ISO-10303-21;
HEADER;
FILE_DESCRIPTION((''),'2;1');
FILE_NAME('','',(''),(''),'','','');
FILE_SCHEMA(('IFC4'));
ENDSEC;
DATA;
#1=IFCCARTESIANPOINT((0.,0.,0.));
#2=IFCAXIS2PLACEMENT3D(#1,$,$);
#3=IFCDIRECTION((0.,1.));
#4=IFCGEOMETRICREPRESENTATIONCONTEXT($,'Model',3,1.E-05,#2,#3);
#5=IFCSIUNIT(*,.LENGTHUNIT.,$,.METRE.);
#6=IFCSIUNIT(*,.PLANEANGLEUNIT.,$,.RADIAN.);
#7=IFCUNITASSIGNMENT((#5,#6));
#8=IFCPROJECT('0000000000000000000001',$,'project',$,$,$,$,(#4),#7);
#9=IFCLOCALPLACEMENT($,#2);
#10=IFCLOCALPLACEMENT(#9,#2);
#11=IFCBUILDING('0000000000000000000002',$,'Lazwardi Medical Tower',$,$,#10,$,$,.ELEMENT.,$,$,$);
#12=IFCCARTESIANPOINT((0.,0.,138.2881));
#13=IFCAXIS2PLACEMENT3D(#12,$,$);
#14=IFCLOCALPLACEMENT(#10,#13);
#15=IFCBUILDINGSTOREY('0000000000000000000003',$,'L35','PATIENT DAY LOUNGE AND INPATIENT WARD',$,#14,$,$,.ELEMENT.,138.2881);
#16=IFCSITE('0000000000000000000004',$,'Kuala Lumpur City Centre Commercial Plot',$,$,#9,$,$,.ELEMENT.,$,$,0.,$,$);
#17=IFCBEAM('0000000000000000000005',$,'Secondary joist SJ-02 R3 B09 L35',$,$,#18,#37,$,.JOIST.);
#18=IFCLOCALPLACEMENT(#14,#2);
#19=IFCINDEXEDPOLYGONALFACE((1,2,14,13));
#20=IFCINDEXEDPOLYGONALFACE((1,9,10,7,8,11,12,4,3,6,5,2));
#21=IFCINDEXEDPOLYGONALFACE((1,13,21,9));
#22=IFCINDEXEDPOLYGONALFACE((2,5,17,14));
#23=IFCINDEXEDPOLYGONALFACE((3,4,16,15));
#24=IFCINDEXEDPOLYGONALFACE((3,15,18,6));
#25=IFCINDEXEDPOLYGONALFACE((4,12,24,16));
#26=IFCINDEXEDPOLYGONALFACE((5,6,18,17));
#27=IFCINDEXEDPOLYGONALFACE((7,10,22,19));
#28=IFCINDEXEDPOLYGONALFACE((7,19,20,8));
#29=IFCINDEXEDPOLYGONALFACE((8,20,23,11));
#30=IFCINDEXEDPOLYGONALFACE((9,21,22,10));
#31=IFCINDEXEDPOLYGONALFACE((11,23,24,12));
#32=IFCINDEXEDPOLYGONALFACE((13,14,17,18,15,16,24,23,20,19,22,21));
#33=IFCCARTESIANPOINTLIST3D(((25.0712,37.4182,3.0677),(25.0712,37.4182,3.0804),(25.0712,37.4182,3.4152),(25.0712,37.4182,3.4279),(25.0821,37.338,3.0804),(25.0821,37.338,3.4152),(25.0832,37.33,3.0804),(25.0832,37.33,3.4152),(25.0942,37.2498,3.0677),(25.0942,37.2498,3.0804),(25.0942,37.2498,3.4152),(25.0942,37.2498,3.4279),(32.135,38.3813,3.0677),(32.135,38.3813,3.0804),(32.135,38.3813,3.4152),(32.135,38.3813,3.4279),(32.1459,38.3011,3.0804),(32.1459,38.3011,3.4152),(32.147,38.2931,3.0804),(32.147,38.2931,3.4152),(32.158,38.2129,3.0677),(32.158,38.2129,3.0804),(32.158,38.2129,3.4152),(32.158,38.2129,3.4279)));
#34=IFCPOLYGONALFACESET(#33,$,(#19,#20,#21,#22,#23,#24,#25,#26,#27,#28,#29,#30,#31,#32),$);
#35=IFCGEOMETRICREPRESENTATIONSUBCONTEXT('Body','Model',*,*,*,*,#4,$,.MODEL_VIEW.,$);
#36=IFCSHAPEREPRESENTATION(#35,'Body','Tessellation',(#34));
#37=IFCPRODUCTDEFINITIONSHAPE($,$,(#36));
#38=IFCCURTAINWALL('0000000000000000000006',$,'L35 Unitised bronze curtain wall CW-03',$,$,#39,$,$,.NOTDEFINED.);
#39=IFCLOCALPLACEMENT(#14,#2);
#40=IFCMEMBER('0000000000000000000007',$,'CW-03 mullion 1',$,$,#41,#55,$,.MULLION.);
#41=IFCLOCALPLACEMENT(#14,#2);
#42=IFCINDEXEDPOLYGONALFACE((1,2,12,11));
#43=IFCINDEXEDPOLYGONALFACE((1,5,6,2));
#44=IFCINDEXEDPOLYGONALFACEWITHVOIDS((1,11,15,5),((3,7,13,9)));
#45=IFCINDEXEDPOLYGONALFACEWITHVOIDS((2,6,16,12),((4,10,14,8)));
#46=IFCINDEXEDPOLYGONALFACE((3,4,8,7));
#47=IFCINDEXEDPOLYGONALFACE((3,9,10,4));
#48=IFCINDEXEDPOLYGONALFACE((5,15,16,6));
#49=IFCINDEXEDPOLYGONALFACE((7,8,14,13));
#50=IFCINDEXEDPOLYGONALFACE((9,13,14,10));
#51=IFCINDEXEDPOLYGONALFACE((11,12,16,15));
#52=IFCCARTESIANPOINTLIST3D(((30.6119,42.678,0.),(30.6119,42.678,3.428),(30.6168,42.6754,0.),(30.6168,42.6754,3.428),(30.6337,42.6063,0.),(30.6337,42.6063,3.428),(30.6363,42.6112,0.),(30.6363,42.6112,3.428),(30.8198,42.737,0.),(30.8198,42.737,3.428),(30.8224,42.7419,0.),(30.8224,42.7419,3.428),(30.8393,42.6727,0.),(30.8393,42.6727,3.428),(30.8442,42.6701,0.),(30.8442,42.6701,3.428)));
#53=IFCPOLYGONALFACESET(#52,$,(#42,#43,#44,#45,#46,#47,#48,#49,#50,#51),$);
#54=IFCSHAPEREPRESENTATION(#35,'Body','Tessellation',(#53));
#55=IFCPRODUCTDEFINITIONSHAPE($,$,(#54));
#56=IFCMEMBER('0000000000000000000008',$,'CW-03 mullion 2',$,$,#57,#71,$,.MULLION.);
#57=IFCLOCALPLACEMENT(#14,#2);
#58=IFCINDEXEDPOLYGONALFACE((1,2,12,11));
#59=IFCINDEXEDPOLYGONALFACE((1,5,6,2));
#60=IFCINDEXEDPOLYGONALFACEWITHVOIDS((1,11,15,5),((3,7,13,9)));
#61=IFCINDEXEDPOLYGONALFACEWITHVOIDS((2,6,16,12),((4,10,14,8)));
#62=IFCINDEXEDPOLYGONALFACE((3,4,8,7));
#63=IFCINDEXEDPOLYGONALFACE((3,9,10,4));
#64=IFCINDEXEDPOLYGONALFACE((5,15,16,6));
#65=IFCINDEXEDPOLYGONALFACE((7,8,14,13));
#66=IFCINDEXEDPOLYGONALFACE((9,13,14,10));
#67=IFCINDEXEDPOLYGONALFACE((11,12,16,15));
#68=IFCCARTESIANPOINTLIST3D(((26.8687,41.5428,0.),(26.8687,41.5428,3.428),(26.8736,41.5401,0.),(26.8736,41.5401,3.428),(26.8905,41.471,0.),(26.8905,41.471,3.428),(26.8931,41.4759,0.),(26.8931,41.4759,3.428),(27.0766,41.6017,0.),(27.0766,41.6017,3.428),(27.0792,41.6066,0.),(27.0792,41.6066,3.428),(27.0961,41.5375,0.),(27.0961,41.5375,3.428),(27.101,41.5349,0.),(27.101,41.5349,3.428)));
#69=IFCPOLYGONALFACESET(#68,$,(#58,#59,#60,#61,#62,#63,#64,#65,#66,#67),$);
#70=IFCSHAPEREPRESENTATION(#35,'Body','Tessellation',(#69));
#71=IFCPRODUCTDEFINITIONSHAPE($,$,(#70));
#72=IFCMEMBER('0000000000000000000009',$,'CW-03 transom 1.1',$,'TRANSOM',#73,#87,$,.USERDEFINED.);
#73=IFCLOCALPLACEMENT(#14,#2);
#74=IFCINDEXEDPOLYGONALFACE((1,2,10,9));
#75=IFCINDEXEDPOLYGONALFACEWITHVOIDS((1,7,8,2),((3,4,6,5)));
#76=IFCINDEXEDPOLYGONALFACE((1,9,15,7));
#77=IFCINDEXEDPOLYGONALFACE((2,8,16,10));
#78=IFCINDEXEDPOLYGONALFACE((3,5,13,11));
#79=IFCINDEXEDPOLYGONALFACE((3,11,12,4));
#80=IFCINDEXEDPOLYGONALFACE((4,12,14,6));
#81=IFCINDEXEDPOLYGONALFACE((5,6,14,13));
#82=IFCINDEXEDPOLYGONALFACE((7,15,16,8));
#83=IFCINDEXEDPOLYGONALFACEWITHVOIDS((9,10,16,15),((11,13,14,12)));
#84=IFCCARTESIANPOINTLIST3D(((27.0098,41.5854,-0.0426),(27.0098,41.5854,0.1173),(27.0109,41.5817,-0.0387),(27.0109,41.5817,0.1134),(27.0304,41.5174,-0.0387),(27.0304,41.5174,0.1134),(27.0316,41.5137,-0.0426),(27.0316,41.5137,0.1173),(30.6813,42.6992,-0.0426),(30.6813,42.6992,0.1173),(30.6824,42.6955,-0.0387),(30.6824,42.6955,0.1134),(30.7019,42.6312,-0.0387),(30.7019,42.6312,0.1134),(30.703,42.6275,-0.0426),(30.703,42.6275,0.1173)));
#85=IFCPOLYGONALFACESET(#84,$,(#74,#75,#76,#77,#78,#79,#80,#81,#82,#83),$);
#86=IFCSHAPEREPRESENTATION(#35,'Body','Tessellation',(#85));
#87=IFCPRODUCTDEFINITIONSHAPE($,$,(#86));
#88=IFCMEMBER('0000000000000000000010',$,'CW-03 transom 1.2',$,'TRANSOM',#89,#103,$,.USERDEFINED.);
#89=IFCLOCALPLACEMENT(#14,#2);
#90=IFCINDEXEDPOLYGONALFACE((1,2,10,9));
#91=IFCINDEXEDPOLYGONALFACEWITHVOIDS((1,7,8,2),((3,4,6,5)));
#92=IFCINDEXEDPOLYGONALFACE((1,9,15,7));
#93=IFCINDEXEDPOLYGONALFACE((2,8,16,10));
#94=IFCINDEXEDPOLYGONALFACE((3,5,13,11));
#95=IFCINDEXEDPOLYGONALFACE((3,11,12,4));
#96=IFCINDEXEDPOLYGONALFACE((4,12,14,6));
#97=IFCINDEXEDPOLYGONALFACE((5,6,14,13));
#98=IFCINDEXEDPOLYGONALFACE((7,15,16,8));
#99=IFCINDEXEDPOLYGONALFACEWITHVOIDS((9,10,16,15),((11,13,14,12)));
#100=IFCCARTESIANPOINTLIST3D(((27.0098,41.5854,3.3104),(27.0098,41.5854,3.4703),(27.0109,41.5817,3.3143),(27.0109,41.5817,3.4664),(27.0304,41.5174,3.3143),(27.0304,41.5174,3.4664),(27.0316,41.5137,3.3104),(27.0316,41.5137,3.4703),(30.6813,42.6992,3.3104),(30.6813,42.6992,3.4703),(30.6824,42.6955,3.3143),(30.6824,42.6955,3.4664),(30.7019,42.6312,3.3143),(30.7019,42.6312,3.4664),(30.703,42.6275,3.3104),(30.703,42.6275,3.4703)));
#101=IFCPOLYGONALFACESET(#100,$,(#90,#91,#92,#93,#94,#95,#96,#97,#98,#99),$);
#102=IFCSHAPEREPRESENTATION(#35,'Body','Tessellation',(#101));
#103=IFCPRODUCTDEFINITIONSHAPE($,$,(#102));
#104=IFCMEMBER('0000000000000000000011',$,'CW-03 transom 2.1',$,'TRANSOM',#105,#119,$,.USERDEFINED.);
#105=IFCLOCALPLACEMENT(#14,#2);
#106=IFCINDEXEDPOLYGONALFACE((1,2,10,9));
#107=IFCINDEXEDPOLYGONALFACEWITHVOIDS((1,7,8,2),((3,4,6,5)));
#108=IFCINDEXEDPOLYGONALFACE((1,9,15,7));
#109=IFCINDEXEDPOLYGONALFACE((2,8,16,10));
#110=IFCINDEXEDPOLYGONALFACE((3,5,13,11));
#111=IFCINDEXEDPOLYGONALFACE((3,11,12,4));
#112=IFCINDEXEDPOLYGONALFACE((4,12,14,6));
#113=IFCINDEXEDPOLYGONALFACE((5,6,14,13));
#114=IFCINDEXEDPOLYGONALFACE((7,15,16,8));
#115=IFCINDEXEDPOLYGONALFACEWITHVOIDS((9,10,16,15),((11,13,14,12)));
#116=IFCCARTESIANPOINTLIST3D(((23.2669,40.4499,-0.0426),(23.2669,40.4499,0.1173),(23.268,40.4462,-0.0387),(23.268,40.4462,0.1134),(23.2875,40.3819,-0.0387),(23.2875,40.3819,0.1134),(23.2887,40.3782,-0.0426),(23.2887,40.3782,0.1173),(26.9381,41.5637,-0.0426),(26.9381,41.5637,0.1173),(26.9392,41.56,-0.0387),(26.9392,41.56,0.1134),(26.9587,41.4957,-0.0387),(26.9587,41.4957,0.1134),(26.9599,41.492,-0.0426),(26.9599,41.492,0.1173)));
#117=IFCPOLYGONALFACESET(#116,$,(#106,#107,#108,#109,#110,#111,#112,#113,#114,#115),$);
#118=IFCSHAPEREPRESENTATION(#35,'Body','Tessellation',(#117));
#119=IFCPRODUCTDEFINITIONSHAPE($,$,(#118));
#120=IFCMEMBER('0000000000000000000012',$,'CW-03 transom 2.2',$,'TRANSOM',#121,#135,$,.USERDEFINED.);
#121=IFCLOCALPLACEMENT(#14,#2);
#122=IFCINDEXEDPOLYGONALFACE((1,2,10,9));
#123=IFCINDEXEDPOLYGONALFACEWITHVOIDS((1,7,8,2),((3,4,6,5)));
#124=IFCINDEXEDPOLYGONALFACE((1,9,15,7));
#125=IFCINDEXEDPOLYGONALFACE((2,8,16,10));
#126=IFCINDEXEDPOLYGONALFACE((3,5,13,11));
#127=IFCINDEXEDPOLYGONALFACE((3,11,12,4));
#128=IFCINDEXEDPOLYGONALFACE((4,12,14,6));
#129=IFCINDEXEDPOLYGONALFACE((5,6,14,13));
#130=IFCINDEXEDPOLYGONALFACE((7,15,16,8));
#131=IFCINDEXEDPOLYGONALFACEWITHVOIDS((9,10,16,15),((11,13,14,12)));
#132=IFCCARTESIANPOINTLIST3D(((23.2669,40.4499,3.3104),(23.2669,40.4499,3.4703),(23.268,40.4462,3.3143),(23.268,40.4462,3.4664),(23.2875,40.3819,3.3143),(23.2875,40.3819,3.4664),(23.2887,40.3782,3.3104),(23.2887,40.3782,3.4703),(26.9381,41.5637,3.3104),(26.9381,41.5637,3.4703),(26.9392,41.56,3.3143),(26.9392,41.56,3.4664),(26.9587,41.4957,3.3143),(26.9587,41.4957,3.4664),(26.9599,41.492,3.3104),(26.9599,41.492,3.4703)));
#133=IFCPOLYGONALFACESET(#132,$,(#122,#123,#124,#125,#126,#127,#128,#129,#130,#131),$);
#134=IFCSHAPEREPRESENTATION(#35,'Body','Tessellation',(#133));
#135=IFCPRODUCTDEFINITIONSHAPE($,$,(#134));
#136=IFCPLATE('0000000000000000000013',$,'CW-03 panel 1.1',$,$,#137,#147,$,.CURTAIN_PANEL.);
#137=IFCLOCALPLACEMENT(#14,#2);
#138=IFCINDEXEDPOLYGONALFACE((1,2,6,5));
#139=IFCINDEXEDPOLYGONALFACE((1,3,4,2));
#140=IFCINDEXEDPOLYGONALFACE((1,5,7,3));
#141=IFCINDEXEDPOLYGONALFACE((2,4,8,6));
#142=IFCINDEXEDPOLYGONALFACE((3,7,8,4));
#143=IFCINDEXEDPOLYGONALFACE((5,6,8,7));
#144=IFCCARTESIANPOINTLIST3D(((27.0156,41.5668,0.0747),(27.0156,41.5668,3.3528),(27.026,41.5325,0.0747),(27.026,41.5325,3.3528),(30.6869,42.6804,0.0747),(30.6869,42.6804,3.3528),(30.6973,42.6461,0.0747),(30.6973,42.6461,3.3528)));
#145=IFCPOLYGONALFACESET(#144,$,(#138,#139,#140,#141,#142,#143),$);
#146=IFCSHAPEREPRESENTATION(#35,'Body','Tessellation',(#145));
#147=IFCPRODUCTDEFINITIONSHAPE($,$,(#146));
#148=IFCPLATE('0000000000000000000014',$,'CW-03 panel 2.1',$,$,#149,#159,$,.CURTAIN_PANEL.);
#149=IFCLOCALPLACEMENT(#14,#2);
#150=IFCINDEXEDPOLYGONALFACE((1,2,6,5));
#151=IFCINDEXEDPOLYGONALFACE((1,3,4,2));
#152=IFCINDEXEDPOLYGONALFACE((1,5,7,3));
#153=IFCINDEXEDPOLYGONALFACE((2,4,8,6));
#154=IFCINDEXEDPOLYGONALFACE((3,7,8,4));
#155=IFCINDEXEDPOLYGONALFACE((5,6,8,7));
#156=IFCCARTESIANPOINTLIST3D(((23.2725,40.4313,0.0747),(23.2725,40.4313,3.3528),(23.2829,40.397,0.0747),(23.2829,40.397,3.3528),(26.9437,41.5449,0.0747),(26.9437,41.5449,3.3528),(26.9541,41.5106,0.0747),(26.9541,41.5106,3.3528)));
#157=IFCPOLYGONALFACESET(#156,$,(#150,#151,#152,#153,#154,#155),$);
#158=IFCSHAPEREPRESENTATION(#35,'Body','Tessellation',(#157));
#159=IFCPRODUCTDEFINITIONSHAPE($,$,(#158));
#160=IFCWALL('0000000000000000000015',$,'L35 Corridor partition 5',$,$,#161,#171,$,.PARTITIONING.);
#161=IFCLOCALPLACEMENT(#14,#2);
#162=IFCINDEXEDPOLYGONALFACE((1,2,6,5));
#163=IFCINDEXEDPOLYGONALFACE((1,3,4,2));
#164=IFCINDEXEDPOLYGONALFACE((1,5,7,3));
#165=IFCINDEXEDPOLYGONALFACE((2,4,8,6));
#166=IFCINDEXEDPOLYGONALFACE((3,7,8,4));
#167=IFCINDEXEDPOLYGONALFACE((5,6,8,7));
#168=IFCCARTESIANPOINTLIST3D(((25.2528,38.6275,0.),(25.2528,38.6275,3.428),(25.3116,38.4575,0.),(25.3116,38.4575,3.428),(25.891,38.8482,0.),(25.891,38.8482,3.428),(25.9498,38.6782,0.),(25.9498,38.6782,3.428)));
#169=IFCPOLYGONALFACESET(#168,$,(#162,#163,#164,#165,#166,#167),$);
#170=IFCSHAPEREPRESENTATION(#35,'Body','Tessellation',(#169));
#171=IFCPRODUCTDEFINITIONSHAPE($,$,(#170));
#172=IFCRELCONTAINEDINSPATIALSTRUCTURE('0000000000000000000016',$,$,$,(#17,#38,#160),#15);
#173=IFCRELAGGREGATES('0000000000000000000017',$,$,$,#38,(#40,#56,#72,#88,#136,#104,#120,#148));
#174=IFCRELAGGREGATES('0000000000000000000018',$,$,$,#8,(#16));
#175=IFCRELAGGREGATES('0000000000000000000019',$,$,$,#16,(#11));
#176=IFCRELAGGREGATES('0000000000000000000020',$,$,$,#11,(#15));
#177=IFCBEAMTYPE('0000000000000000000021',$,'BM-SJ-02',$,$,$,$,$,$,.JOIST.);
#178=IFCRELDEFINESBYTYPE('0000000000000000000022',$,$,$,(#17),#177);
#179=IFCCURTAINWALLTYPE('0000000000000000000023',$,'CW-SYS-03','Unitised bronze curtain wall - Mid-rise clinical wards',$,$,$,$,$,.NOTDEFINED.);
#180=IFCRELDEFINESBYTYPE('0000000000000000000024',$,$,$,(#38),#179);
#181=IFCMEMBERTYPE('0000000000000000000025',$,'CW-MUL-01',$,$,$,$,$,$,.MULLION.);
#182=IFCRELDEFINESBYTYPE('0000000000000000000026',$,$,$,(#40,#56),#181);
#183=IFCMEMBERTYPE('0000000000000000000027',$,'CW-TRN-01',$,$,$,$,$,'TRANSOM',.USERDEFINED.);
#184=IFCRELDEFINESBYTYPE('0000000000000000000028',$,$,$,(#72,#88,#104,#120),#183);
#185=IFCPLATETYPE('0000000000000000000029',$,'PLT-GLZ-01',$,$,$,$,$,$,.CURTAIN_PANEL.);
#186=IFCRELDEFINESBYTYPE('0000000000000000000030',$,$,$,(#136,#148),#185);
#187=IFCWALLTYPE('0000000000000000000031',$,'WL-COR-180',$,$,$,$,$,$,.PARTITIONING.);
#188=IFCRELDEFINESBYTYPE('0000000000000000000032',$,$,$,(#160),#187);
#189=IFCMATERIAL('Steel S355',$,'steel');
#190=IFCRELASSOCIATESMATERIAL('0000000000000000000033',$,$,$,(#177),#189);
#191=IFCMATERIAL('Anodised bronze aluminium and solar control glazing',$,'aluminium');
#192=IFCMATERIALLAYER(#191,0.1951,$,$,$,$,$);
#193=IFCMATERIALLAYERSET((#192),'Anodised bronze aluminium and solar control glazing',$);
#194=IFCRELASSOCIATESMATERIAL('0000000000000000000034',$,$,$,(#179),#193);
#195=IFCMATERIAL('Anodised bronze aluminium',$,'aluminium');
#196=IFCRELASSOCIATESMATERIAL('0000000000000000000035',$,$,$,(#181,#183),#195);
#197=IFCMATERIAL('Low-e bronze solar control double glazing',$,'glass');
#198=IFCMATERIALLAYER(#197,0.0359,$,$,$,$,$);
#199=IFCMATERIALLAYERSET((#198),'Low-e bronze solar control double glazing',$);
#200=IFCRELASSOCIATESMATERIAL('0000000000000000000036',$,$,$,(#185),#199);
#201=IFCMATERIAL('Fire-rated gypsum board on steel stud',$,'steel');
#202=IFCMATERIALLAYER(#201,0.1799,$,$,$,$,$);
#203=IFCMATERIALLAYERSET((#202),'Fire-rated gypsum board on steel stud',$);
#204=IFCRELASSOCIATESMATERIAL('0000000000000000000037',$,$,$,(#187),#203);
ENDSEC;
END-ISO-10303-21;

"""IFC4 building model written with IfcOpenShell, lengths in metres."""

from ifc_helpers import new_model, si_unit, direction, frame, frame_2d, origin, origin_2d, place, context, subcontext, project, spatial, rectangle, hollow_rectangle, i_section, extrude, material, layer, layer_set, material_profile, profile_set, type_object, element, aggregate, save


model = new_model("IFC4")

# Units and contexts
model_context = context("Model", 3, precision=1e-05, world=origin(), true_north=direction((0.0, 1.0)))
body_context = subcontext(model_context, "Body", "Model", "MODEL_VIEW")
ifc_project = project(units=[si_unit("LENGTHUNIT", "METRE"), si_unit("PLANEANGLEUNIT", "RADIAN")], contexts=[model_context])

# Site, building, storey
site_placement = place(None, origin())
site = spatial("IfcSite", under=ifc_project, at=site_placement, Name="Kuala Lumpur City Centre Commercial Plot", CompositionType="ELEMENT", RefElevation=0.0)
building_placement = place(site_placement, origin())
building = spatial("IfcBuilding", under=site, at=building_placement, Name="Lazwardi Medical Tower", CompositionType="ELEMENT")
storey_placement = place(building_placement, frame((0.0, 0.0, 138.2881)))
storey = spatial("IfcBuildingStorey", under=building, at=storey_placement, Name="L35", Description="PATIENT DAY LOUNGE AND INPATIENT WARD", CompositionType="ELEMENT", Elevation=138.2881)

# Beam
ifc_material_1 = material(Name="Steel S355", Category="steel")
ifc_material_profile_1 = material_profile(ifc_material_1, i_section(OverallWidth=0.1699, OverallDepth=0.3601, WebThickness=0.0081, FlangeThickness=0.0127, at=origin_2d()), Name="IPE 360")
ifc_profile_set_1 = profile_set([ifc_material_profile_1], Name="Steel S355")
beam_type_1 = type_object("IfcBeamType", Name="BM-SJ-02", PredefinedType="JOIST", material=ifc_profile_set_1)
beam_1_placement = place(storey_placement, frame((32.1465, 38.2971, 3.2478), z_axis=(-0.990832, -0.135099, 0.0), x_axis=(0.135099, -0.990832, 0.0)))
element("IfcBeam", 1, at=beam_1_placement, inside=storey, type_object=beam_type_1, Name="Secondary joist SJ-02 R3 B09 L35", PredefinedType="JOIST", context=body_context, shape_type="SweptSolid", body=[
    extrude(i_section(OverallWidth=0.1699, OverallDepth=0.3601, WebThickness=0.0081, FlangeThickness=0.0127, at=origin_2d()), origin(), (0.0, 0.0, 1.0), 7.1292),
])

# Curtain wall, members, plates
ifc_material_2 = material(Name="Anodised bronze aluminium and solar control glazing", Category="aluminium")
ifc_layer_1 = layer(ifc_material_2, 0.1951)
ifc_layer_set_1 = layer_set([ifc_layer_1], Name="Anodised bronze aluminium and solar control glazing")
curtain_wall_type = type_object("IfcCurtainWallType", Name="CW-SYS-03", Description="Unitised bronze curtain wall - Mid-rise clinical wards", PredefinedType="NOTDEFINED", material=ifc_layer_set_1)
curtain_wall_placement = place(storey_placement, origin())
curtain_wall = element("IfcCurtainWall", 2, at=curtain_wall_placement, inside=storey, type_object=curtain_wall_type, Name="L35 Unitised bronze curtain wall CW-03", PredefinedType="NOTDEFINED")
ifc_material_3 = material(Name="Anodised bronze aluminium", Category="aluminium")
ifc_material_profile_2 = material_profile(ifc_material_3, hollow_rectangle(XDim=0.075, YDim=0.22, WallThickness=0.0039, at=origin_2d()), Name="ALU-MULLION 220x75x4")
ifc_profile_set_2 = profile_set([ifc_material_profile_2], Name="Anodised bronze aluminium")
member_type_1 = type_object("IfcMemberType", Name="CW-MUL-01", PredefinedType="MULLION", material=ifc_profile_set_2)
member_1_placement = place(storey_placement, frame((30.728, 42.6741, 0.0), z_axis=(0.0, 0.0, 1.0), x_axis=(0.290281, -0.956942, 0.0)))
member_1 = element("IfcMember", 3, at=member_1_placement, type_object=member_type_1, Name="CW-03 mullion 1", PredefinedType="MULLION", context=body_context, shape_type="SweptSolid", body=[
    extrude(hollow_rectangle(XDim=0.075, YDim=0.22, WallThickness=0.0039, at=origin_2d()), origin(), (0.0, 0.0, 1.0), 3.428),
])
member_2_placement = place(storey_placement, frame((26.9849, 41.5388, 0.0), z_axis=(0.0, 0.0, 1.0), x_axis=(0.290281, -0.956942, 0.0)))
member_2 = element("IfcMember", 4, at=member_2_placement, type_object=member_type_1, Name="CW-03 mullion 2", PredefinedType="MULLION", context=body_context, shape_type="SweptSolid", body=[
    extrude(hollow_rectangle(XDim=0.075, YDim=0.22, WallThickness=0.0039, at=origin_2d()), origin(), (0.0, 0.0, 1.0), 3.428),
])
ifc_material_profile_3 = material_profile(ifc_material_3, hollow_rectangle(XDim=0.075, YDim=0.1599, WallThickness=0.0039, at=origin_2d()), Name="ALU-TRANSOM 160x75x4")
ifc_profile_set_3 = profile_set([ifc_material_profile_3], Name="Anodised bronze aluminium")
member_type_2 = type_object("IfcMemberType", Name="CW-TRN-01", ElementType="TRANSOM", PredefinedType="USERDEFINED", material=ifc_profile_set_3)
member_3_placement = place(storey_placement, frame((30.6921, 42.6633, 0.0374), z_axis=(-0.956936, -0.290301, 0.0), x_axis=(0.290301, -0.956936, 0.0)))
member_3 = element("IfcMember", 5, at=member_3_placement, type_object=member_type_2, Name="CW-03 transom 1.1", ObjectType="TRANSOM", PredefinedType="USERDEFINED", context=body_context, shape_type="SweptSolid", body=[
    extrude(hollow_rectangle(XDim=0.075, YDim=0.1599, WallThickness=0.0039, at=origin_2d()), origin(), (0.0, 0.0, 1.0), 3.8367),
])
member_4_placement = place(storey_placement, frame((30.6921, 42.6633, 3.3904), z_axis=(-0.956936, -0.290301, 0.0), x_axis=(0.290301, -0.956936, 0.0)))
member_4 = element("IfcMember", 6, at=member_4_placement, type_object=member_type_2, Name="CW-03 transom 1.2", ObjectType="TRANSOM", PredefinedType="USERDEFINED", context=body_context, shape_type="SweptSolid", body=[
    extrude(hollow_rectangle(XDim=0.075, YDim=0.1599, WallThickness=0.0039, at=origin_2d()), origin(), (0.0, 0.0, 1.0), 3.8367),
])
member_5_placement = place(storey_placement, frame((26.949, 41.5278, 0.0374), z_axis=(-0.95693, -0.290318, 0.0), x_axis=(0.290318, -0.95693, 0.0)))
member_5 = element("IfcMember", 7, at=member_5_placement, type_object=member_type_2, Name="CW-03 transom 2.1", ObjectType="TRANSOM", PredefinedType="USERDEFINED", context=body_context, shape_type="SweptSolid", body=[
    extrude(hollow_rectangle(XDim=0.075, YDim=0.1599, WallThickness=0.0039, at=origin_2d()), origin(), (0.0, 0.0, 1.0), 3.8364),
])
member_6_placement = place(storey_placement, frame((26.949, 41.5278, 3.3904), z_axis=(-0.95693, -0.290318, 0.0), x_axis=(0.290318, -0.95693, 0.0)))
member_6 = element("IfcMember", 8, at=member_6_placement, type_object=member_type_2, Name="CW-03 transom 2.2", ObjectType="TRANSOM", PredefinedType="USERDEFINED", context=body_context, shape_type="SweptSolid", body=[
    extrude(hollow_rectangle(XDim=0.075, YDim=0.1599, WallThickness=0.0039, at=origin_2d()), origin(), (0.0, 0.0, 1.0), 3.8364),
])
ifc_material_4 = material(Name="Low-e bronze solar control double glazing", Category="glass")
ifc_layer_2 = layer(ifc_material_4, 0.0359)
ifc_layer_set_2 = layer_set([ifc_layer_2], Name="Low-e bronze solar control double glazing")
plate_type = type_object("IfcPlateType", Name="PLT-GLZ-01", PredefinedType="CURTAIN_PANEL", material=ifc_layer_set_2)
plate_1_placement = place(storey_placement, frame((28.8564, 42.1064, 0.0747), z_axis=(0.0, 0.0, 1.0), x_axis=(-0.956942, -0.290281, 0.0)))
plate_1 = element("IfcPlate", 9, at=plate_1_placement, type_object=plate_type, Name="CW-03 panel 1.1", PredefinedType="CURTAIN_PANEL", context=body_context, shape_type="SweptSolid", body=[
    extrude(rectangle(XDim=3.8364, YDim=0.0359, at=origin_2d()), origin(), (0.0, 0.0, 1.0), 3.2781),
])
plate_2_placement = place(storey_placement, frame((25.1133, 40.9709, 0.0747), z_axis=(0.0, 0.0, 1.0), x_axis=(-0.956942, -0.290281, 0.0)))
plate_2 = element("IfcPlate", 10, at=plate_2_placement, type_object=plate_type, Name="CW-03 panel 2.1", PredefinedType="CURTAIN_PANEL", context=body_context, shape_type="SweptSolid", body=[
    extrude(rectangle(XDim=3.8364, YDim=0.0359, at=origin_2d()), origin(), (0.0, 0.0, 1.0), 3.2781),
])
aggregate(curtain_wall, [member_1, member_2, member_3, member_4, plate_1, member_5, member_6, plate_2])

# Wall
ifc_material_5 = material(Name="Fire-rated gypsum board on steel stud", Category="steel")
ifc_layer_3 = layer(ifc_material_5, 0.1799)
ifc_layer_set_3 = layer_set([ifc_layer_3], Name="Fire-rated gypsum board on steel stud")
wall_type_1 = type_object("IfcWallType", Name="WL-COR-180", PredefinedType="PARTITIONING", material=ifc_layer_set_3)
wall_1_placement = place(storey_placement, frame((25.2822, 38.5425, 0.0), z_axis=(0.0, 0.0, 1.0), x_axis=(0.945081, 0.326837, 0.0)))
element("IfcWall", 11, at=wall_1_placement, inside=storey, type_object=wall_type_1, Name="L35 Corridor partition 5", PredefinedType="PARTITIONING", context=body_context, shape_type="SweptSolid", body=[
    extrude(rectangle(XDim=0.6753, YDim=0.1799, at=frame_2d((0.3376, 0.0))), origin(), (0.0, 0.0, 1.0), 3.428),
])

save(model, "model.ifc")
